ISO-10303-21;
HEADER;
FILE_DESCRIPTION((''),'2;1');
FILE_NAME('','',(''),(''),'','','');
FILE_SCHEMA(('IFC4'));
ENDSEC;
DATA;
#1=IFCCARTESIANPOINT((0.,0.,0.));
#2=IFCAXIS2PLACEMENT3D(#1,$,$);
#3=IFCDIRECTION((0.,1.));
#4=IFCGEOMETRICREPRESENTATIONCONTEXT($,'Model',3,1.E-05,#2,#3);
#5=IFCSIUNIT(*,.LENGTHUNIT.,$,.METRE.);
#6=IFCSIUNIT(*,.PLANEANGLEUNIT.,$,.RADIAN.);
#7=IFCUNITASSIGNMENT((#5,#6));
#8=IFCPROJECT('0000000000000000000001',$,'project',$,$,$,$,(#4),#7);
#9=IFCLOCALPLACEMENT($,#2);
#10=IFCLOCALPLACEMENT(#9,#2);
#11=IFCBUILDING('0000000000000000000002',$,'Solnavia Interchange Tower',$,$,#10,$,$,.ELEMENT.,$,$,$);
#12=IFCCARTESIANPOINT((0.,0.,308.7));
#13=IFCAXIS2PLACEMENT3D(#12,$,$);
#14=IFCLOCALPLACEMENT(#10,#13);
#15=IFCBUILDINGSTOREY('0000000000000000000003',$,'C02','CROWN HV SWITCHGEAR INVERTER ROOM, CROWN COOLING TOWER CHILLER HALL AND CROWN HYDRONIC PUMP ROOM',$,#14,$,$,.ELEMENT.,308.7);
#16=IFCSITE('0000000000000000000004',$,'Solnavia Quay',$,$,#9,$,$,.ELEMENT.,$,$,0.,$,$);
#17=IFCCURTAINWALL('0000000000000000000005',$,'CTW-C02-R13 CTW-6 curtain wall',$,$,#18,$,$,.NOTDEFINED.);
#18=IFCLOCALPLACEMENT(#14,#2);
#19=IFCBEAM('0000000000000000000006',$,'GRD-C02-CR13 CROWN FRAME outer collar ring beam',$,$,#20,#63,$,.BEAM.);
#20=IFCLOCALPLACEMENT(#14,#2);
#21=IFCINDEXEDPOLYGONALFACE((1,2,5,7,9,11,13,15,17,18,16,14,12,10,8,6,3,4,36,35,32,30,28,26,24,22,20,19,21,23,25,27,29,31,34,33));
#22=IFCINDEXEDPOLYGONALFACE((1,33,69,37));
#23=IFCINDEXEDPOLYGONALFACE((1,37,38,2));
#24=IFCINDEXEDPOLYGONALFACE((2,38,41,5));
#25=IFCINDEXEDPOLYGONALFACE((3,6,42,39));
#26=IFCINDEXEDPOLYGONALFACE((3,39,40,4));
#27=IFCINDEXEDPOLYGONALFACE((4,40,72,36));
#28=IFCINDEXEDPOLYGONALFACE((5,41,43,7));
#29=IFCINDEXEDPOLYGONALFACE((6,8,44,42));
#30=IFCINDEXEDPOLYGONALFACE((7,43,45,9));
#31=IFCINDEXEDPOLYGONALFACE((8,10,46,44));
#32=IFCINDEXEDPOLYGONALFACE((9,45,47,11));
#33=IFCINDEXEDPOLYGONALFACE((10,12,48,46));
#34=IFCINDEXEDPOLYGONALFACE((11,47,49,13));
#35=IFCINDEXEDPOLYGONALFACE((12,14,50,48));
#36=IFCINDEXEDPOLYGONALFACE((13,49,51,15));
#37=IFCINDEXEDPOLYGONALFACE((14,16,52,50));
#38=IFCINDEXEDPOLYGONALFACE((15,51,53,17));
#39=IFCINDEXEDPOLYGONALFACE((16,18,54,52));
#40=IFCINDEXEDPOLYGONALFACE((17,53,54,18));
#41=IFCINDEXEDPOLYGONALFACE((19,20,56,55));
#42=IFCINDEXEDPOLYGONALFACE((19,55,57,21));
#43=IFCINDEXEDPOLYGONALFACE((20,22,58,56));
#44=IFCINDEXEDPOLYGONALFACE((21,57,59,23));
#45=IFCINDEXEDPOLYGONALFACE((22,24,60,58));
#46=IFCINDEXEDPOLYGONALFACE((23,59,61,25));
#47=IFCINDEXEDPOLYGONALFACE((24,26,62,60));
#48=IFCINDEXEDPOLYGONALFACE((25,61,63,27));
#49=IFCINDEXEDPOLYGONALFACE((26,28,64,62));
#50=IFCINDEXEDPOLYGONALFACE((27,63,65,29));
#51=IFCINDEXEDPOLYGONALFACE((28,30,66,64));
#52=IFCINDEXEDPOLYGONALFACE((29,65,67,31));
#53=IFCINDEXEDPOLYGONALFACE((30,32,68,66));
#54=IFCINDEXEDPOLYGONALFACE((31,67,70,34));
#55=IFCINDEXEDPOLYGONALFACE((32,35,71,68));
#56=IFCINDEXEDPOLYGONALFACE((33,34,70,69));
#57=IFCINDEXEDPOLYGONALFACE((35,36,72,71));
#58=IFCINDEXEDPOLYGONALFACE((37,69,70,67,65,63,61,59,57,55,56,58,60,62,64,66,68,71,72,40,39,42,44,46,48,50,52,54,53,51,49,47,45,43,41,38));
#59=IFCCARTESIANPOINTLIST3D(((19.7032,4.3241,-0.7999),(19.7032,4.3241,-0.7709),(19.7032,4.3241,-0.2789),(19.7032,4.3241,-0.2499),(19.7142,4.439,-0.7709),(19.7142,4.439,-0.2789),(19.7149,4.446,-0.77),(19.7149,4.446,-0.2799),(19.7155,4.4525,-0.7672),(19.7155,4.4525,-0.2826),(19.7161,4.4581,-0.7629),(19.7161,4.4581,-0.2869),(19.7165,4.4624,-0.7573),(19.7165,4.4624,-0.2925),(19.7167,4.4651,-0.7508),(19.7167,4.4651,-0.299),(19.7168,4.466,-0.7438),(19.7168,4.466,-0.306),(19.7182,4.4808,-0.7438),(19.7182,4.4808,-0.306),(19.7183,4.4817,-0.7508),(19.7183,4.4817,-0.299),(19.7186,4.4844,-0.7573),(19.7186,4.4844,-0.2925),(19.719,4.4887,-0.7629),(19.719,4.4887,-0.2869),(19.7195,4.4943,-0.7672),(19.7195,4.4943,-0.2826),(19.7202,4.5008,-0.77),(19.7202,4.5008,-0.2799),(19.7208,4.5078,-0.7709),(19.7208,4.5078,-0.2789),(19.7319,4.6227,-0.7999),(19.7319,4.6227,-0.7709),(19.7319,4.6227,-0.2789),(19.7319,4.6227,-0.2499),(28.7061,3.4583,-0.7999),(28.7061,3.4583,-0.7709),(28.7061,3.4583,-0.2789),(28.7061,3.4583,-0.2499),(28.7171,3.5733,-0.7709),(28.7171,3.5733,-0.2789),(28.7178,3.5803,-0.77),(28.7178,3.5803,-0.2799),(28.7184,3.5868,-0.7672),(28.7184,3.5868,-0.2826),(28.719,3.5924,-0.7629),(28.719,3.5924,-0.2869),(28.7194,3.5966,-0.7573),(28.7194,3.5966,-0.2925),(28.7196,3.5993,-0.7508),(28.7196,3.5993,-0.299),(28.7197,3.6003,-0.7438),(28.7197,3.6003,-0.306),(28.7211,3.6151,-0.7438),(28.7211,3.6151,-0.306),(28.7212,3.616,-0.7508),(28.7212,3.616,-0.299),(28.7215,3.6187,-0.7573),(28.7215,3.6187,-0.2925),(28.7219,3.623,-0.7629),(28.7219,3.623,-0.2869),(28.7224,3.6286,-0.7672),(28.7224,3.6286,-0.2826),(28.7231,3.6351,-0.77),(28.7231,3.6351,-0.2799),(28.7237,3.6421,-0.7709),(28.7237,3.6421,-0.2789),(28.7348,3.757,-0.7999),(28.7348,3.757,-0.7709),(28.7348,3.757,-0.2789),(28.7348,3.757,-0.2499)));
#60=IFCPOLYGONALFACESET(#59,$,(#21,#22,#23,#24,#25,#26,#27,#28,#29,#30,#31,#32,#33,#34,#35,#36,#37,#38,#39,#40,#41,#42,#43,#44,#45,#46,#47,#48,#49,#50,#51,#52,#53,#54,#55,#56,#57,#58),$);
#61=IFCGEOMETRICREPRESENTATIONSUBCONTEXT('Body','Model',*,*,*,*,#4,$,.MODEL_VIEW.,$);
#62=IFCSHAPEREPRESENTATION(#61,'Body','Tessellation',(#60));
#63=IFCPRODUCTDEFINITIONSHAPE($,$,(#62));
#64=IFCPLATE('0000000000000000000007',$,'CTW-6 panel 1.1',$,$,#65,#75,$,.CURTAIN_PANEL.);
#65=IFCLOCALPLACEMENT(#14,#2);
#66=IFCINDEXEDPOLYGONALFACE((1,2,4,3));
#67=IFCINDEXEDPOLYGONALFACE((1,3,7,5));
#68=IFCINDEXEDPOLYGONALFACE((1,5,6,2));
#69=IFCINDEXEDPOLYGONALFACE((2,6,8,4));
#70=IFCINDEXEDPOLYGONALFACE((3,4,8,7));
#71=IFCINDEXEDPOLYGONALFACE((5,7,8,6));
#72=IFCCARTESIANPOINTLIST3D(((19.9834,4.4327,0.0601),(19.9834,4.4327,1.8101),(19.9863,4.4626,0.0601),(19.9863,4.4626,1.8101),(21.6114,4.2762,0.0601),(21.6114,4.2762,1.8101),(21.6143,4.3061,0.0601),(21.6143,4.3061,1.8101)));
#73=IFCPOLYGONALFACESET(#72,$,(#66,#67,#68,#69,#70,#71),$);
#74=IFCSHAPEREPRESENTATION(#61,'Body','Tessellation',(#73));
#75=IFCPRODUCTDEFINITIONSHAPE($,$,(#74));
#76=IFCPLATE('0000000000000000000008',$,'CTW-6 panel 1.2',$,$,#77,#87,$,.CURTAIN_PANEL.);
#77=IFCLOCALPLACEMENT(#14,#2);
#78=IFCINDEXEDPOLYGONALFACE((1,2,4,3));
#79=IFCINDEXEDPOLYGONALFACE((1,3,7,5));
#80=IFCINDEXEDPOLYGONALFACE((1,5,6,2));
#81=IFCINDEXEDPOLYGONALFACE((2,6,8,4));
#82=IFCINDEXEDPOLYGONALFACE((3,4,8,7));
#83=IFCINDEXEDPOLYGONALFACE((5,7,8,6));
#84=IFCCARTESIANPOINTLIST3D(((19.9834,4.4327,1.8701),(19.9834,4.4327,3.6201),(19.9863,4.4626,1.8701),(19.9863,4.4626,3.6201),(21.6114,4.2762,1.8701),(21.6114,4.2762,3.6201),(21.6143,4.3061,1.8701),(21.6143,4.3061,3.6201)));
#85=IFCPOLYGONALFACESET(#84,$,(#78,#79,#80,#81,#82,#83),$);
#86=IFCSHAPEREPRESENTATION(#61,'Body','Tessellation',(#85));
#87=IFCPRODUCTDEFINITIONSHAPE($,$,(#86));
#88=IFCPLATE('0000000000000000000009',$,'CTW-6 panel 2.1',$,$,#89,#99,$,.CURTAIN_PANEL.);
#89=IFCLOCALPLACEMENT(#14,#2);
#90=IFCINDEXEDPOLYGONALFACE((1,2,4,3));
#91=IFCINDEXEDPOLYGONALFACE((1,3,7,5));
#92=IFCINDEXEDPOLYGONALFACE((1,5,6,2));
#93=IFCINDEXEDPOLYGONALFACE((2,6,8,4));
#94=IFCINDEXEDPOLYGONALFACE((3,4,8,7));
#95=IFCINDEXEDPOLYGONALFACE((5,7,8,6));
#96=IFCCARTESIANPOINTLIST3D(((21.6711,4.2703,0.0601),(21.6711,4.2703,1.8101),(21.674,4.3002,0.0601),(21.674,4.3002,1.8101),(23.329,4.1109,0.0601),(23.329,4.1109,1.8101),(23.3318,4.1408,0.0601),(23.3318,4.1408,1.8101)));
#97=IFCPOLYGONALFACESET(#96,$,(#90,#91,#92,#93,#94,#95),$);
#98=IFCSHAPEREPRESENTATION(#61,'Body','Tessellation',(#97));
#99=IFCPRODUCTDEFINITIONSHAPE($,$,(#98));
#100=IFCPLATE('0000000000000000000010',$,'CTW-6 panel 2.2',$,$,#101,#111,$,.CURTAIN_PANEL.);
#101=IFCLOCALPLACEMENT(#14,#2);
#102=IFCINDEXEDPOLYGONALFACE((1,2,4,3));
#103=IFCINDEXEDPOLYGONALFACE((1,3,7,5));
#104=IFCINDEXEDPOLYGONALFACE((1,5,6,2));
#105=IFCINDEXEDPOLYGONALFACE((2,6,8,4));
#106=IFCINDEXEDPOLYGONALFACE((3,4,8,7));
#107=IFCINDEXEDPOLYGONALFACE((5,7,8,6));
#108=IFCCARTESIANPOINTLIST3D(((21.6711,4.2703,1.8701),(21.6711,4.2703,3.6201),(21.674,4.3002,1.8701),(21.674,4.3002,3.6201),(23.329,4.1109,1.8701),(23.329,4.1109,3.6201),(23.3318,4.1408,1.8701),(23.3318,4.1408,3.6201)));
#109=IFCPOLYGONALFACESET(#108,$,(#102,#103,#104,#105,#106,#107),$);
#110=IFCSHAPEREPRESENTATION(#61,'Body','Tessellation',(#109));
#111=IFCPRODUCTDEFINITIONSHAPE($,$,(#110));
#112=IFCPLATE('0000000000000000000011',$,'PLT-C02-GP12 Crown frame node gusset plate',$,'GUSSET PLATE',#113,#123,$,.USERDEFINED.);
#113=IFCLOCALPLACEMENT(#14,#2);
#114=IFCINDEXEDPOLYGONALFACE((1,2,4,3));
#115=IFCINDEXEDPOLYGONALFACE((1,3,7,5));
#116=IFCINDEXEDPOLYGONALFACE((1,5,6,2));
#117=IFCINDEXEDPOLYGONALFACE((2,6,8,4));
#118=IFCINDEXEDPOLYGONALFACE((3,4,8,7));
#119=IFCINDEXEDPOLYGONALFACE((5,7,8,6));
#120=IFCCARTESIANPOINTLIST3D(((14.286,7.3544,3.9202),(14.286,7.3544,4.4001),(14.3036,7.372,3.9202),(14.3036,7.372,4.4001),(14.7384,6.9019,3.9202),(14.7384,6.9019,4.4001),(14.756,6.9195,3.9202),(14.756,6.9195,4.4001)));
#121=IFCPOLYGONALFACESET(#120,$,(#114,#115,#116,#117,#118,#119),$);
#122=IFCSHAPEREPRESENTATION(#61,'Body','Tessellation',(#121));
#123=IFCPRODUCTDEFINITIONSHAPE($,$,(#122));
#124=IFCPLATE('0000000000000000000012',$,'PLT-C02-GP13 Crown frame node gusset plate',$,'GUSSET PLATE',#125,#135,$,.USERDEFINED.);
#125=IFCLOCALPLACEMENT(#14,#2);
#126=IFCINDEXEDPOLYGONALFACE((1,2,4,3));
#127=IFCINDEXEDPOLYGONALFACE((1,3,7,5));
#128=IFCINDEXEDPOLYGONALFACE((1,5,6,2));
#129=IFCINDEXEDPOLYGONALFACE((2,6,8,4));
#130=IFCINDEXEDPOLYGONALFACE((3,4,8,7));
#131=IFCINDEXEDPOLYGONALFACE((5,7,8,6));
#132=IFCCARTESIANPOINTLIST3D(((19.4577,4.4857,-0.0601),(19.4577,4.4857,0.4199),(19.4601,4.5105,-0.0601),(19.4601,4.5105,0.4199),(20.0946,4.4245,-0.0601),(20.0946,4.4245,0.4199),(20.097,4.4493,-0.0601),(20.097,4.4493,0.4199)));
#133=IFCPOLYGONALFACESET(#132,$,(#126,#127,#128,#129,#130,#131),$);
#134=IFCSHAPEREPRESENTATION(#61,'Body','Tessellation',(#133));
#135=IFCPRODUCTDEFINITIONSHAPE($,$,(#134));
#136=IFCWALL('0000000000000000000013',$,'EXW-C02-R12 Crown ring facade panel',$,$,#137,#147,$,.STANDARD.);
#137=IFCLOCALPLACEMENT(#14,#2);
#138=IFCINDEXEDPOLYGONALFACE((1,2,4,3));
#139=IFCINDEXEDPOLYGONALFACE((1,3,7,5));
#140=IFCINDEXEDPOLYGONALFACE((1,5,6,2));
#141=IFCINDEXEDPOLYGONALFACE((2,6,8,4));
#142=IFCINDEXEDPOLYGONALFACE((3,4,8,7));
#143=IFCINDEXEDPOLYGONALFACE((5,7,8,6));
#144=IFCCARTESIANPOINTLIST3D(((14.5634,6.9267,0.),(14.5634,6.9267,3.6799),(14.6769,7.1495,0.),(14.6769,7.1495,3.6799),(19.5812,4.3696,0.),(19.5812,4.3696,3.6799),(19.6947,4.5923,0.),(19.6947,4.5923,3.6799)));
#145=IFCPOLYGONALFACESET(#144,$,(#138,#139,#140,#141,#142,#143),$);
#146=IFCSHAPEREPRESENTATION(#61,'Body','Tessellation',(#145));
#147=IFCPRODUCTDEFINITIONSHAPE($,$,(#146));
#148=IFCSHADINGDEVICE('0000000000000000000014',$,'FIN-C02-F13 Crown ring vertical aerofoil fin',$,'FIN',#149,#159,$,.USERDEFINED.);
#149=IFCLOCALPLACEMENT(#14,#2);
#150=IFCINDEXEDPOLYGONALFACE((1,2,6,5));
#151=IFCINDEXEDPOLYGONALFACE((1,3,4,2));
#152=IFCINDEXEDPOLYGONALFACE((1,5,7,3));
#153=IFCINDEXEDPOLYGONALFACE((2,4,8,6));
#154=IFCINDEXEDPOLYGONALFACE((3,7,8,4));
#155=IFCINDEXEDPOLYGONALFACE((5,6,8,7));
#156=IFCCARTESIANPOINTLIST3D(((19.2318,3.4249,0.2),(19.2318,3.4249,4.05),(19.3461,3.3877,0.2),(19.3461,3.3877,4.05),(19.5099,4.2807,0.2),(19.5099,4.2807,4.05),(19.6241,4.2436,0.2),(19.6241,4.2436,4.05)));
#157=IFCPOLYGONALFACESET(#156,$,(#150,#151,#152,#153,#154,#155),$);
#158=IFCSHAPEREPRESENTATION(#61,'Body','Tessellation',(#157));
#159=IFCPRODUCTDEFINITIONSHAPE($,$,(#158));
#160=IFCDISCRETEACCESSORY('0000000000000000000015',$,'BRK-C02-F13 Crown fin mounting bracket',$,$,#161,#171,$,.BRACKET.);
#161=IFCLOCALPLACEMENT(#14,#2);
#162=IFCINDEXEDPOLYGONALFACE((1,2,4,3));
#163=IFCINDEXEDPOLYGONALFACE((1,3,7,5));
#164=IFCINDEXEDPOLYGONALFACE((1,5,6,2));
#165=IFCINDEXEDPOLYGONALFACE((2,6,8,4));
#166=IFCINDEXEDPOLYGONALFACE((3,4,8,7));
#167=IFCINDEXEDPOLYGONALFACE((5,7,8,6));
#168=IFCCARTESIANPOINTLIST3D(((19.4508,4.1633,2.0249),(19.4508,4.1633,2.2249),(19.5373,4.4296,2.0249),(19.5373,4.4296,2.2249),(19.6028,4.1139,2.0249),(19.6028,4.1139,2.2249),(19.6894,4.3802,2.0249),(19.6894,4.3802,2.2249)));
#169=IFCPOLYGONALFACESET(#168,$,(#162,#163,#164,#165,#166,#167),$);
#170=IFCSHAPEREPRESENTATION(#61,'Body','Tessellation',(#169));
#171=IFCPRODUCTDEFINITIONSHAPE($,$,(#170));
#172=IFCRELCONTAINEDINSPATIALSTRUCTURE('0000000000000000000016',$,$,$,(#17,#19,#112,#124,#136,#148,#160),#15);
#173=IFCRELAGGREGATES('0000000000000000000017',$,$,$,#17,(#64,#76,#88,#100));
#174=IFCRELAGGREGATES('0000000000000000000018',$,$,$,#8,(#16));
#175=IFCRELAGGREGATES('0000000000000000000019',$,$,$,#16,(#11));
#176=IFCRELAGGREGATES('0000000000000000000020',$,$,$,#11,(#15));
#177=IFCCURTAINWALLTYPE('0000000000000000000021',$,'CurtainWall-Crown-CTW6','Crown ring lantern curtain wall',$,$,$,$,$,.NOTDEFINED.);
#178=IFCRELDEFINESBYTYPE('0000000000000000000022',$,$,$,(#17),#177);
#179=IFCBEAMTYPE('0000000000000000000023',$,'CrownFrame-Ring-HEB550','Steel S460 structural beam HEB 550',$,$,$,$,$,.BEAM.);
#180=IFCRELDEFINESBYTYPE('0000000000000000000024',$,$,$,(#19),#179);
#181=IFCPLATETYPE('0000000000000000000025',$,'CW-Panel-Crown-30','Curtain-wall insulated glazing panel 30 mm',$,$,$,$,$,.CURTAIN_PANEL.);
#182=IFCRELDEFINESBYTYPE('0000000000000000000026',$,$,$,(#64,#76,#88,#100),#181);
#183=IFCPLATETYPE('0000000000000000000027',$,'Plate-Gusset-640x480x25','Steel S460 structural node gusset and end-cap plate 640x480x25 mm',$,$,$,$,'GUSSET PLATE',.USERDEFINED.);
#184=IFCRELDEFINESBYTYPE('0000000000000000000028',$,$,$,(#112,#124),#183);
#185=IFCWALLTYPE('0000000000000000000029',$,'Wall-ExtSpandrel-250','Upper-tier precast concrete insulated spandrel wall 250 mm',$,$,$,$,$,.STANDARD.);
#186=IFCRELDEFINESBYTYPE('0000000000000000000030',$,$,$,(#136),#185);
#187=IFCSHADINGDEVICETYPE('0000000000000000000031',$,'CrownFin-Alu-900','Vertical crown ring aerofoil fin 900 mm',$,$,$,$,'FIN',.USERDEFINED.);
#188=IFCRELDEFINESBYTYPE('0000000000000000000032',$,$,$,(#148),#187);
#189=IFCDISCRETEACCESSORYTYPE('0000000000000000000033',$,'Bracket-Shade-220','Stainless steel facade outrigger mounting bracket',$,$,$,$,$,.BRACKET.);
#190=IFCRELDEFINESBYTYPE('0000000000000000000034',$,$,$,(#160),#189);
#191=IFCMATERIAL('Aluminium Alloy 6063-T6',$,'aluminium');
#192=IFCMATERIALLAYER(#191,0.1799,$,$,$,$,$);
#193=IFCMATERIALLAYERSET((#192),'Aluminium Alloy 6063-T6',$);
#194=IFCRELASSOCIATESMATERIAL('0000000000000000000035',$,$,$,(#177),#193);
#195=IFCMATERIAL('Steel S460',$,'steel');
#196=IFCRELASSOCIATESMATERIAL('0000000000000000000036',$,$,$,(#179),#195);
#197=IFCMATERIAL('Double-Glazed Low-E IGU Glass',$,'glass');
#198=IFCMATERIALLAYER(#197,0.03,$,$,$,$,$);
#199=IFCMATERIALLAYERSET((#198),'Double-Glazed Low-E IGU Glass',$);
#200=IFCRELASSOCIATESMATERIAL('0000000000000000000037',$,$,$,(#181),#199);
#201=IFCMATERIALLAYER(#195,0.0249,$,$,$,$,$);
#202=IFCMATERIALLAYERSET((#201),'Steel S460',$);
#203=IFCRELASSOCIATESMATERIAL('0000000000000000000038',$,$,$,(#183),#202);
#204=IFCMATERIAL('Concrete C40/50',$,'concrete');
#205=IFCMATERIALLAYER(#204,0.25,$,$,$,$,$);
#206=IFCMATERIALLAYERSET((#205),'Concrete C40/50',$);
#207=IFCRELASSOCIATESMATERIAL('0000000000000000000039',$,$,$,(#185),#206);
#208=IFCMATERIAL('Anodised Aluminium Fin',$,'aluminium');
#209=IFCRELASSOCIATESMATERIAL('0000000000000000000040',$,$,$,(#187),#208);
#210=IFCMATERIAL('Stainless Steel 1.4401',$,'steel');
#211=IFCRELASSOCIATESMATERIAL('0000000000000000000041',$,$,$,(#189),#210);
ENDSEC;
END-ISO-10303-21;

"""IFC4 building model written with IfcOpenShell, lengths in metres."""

from ifc_helpers import new_model, si_unit, direction, frame, frame_2d, origin, origin_2d, place, context, subcontext, project, spatial, rectangle, i_section, extrude, material, layer, layer_set, material_profile, profile_set, type_object, element, aggregate, save


model = new_model("IFC4")

# Units and contexts
model_context = context("Model", 3, precision=1e-05, world=origin(), true_north=direction((0.0, 1.0)))
body_context = subcontext(model_context, "Body", "Model", "MODEL_VIEW")
ifc_project = project(units=[si_unit("LENGTHUNIT", "METRE"), si_unit("PLANEANGLEUNIT", "RADIAN")], contexts=[model_context])

# Site, building, storey
site_placement = place(None, origin())
site = spatial("IfcSite", under=ifc_project, at=site_placement, Name="Solnavia Quay", CompositionType="ELEMENT", RefElevation=0.0)
building_placement = place(site_placement, origin())
building = spatial("IfcBuilding", under=site, at=building_placement, Name="Solnavia Interchange Tower", CompositionType="ELEMENT")
storey_placement = place(building_placement, frame((0.0, 0.0, 308.7)))
storey = spatial("IfcBuildingStorey", under=building, at=storey_placement, Name="C02", Description="CROWN HV SWITCHGEAR INVERTER ROOM, CROWN COOLING TOWER CHILLER HALL AND CROWN HYDRONIC PUMP ROOM", CompositionType="ELEMENT", Elevation=308.7)

# Shared definitions
ifc_material_1 = material(Name="Steel S460", Category="steel")

# Curtain wall
ifc_material_2 = material(Name="Aluminium Alloy 6063-T6", Category="aluminium")
ifc_layer_1 = layer(ifc_material_2, 0.1799)
ifc_layer_set_1 = layer_set([ifc_layer_1], Name="Aluminium Alloy 6063-T6")
curtain_wall_type = type_object("IfcCurtainWallType", Name="CurtainWall-Crown-CTW6", Description="Crown ring lantern curtain wall", PredefinedType="NOTDEFINED", material=ifc_layer_set_1)
curtain_wall_placement = place(storey_placement, origin())
curtain_wall = element("IfcCurtainWall", 1, at=curtain_wall_placement, inside=storey, type_object=curtain_wall_type, Name="CTW-C02-R13 CTW-6 curtain wall", PredefinedType="NOTDEFINED")

# Beam
ifc_material_profile_1 = material_profile(ifc_material_1, i_section(OverallWidth=0.3, OverallDepth=0.55, WebThickness=0.0149, FlangeThickness=0.0291, FilletRadius=0.0271, at=origin_2d()), Name="HEB 550")
ifc_profile_set_1 = profile_set([ifc_material_profile_1], Name="Steel S460")
beam_type = type_object("IfcBeamType", Name="CrownFrame-Ring-HEB550", Description="Steel S460 structural beam HEB 550", PredefinedType="BEAM", material=ifc_profile_set_1)
beam_1_placement = place(storey_placement, frame((19.7175, 4.4734, -0.5249), z_axis=(0.995408, -0.095719, 0.0), x_axis=(0.095719, 0.995408, 0.0)))
element("IfcBeam", 2, at=beam_1_placement, inside=storey, type_object=beam_type, Name="GRD-C02-CR13 CROWN FRAME outer collar ring beam", PredefinedType="BEAM", context=body_context, shape_type="SweptSolid", body=[
    extrude(i_section(OverallWidth=0.3, OverallDepth=0.55, WebThickness=0.0149, FlangeThickness=0.0291, FilletRadius=0.0271, at=origin_2d()), origin(), (0.0, 0.0, 1.0), 9.0444),
])

# Plates
ifc_material_3 = material(Name="Double-Glazed Low-E IGU Glass", Category="glass")
ifc_layer_2 = layer(ifc_material_3, 0.03)
ifc_layer_set_2 = layer_set([ifc_layer_2], Name="Double-Glazed Low-E IGU Glass")
plate_type_1 = type_object("IfcPlateType", Name="CW-Panel-Crown-30", Description="Curtain-wall insulated glazing panel 30 mm", PredefinedType="CURTAIN_PANEL", material=ifc_layer_set_2)
plate_1_placement = place(storey_placement, frame((20.7988, 4.3694, 0.0601), z_axis=(0.0, 0.0, 1.0), x_axis=(0.995408, -0.09572, 0.0)))
plate_1 = element("IfcPlate", 3, at=plate_1_placement, type_object=plate_type_1, Name="CTW-6 panel 1.1", PredefinedType="CURTAIN_PANEL", context=body_context, shape_type="SweptSolid", body=[
    extrude(rectangle(XDim=1.6355, YDim=0.03, at=origin_2d()), origin(), (0.0, 0.0, 1.0), 1.75),
])
plate_2_placement = place(storey_placement, frame((20.7988, 4.3694, 1.8701), z_axis=(0.0, 0.0, 1.0), x_axis=(0.995408, -0.09572, 0.0)))
plate_2 = element("IfcPlate", 4, at=plate_2_placement, type_object=plate_type_1, Name="CTW-6 panel 1.2", PredefinedType="CURTAIN_PANEL", context=body_context, shape_type="SweptSolid", body=[
    extrude(rectangle(XDim=1.6355, YDim=0.03, at=origin_2d()), origin(), (0.0, 0.0, 1.0), 1.75),
])
plate_3_placement = place(storey_placement, frame((22.5015, 4.2056, 0.0601), z_axis=(0.0, 0.0, 1.0), x_axis=(0.995408, -0.09572, 0.0)))
plate_3 = element("IfcPlate", 5, at=plate_3_placement, type_object=plate_type_1, Name="CTW-6 panel 2.1", PredefinedType="CURTAIN_PANEL", context=body_context, shape_type="SweptSolid", body=[
    extrude(rectangle(XDim=1.6655, YDim=0.03, at=origin_2d()), origin(), (0.0, 0.0, 1.0), 1.75),
])
plate_4_placement = place(storey_placement, frame((22.5015, 4.2056, 1.8701), z_axis=(0.0, 0.0, 1.0), x_axis=(0.995408, -0.09572, 0.0)))
plate_4 = element("IfcPlate", 6, at=plate_4_placement, type_object=plate_type_1, Name="CTW-6 panel 2.2", PredefinedType="CURTAIN_PANEL", context=body_context, shape_type="SweptSolid", body=[
    extrude(rectangle(XDim=1.6655, YDim=0.03, at=origin_2d()), origin(), (0.0, 0.0, 1.0), 1.75),
])
aggregate(curtain_wall, [plate_1, plate_2, plate_3, plate_4])

# Plates
ifc_layer_3 = layer(ifc_material_1, 0.0249)
ifc_layer_set_3 = layer_set([ifc_layer_3], Name="Steel S460")
plate_type_2 = type_object("IfcPlateType", Name="Plate-Gusset-640x480x25", Description="Steel S460 structural node gusset and end-cap plate 640x480x25 mm", ElementType="GUSSET PLATE", PredefinedType="USERDEFINED", material=ifc_layer_set_3)
for number, where, z_axis, x_axis, name in (
    (7, (14.521, 7.137, 3.9202), (0.0, 0.0, 1.0), (0.707107, -0.707107, 0.0), "PLT-C02-GP12 Crown frame node gusset plate"),
    (8, (19.7773, 4.4675, -0.0601), (0.0, 0.0, 1.0), (0.995413, -0.095672, 0.0), "PLT-C02-GP13 Crown frame node gusset plate"),
):
    element("IfcPlate", number, at=place(storey_placement, frame(where, z_axis=z_axis, x_axis=x_axis)), inside=storey, type_object=plate_type_2, Name=name, ObjectType="GUSSET PLATE", PredefinedType="USERDEFINED", context=body_context, shape_type="SweptSolid", body=[
        extrude(rectangle(XDim=0.6399, YDim=0.0249, at=origin_2d()), origin(), (0.0, 0.0, 1.0), 0.48),
    ])

# Wall
ifc_material_4 = material(Name="Concrete C40/50", Category="concrete")
ifc_layer_4 = layer(ifc_material_4, 0.25)
ifc_layer_set_4 = layer_set([ifc_layer_4], Name="Concrete C40/50")
wall_type = type_object("IfcWallType", Name="Wall-ExtSpandrel-250", Description="Upper-tier precast concrete insulated spandrel wall 250 mm", PredefinedType="STANDARD", material=ifc_layer_set_4)
wall_placement = place(storey_placement, frame((14.6201, 7.0381, 0.0), z_axis=(0.0, 0.0, 1.0), x_axis=(0.890976, -0.45405, 0.0)))
element("IfcWall", 9, at=wall_placement, inside=storey, type_object=wall_type, Name="EXW-C02-R12 Crown ring facade panel", PredefinedType="STANDARD", context=body_context, shape_type="SweptSolid", body=[
    extrude(rectangle(XDim=5.6318, YDim=0.25, at=frame_2d((2.8159, 0.0))), origin(), (0.0, 0.0, 1.0), 3.6799),
])

# Shading device
ifc_material_5 = material(Name="Anodised Aluminium Fin", Category="aluminium")
shading_device_type = type_object("IfcShadingDeviceType", Name="CrownFin-Alu-900", Description="Vertical crown ring aerofoil fin 900 mm", ElementType="FIN", PredefinedType="USERDEFINED", material=ifc_material_5)
shading_device_placement = place(storey_placement, frame((19.428, 3.8342, 0.2), z_axis=(0.0, 0.0, 1.0), x_axis=(-0.309017, -0.951057, 0.0)))
element("IfcShadingDevice", 10, at=shading_device_placement, inside=storey, type_object=shading_device_type, Name="FIN-C02-F13 Crown ring vertical aerofoil fin", ObjectType="FIN", PredefinedType="USERDEFINED", context=body_context, shape_type="SweptSolid", body=[
    extrude(rectangle(XDim=0.8999, YDim=0.1201, at=origin_2d()), origin(), (0.0, 0.0, 1.0), 3.8501),
])

# Discrete accessory
ifc_material_6 = material(Name="Stainless Steel 1.4401", Category="steel")
discrete_accessory_type = type_object("IfcDiscreteAccessoryType", Name="Bracket-Shade-220", Description="Stainless steel facade outrigger mounting bracket", PredefinedType="BRACKET", material=ifc_material_6)
discrete_accessory_placement = place(storey_placement, frame((19.5701, 4.2717, 2.0249), z_axis=(0.0, 0.0, 1.0), x_axis=(-0.309017, -0.951057, 0.0)))
element("IfcDiscreteAccessory", 11, at=discrete_accessory_placement, inside=storey, type_object=discrete_accessory_type, Name="BRK-C02-F13 Crown fin mounting bracket", PredefinedType="BRACKET", context=body_context, shape_type="SweptSolid", body=[
    extrude(rectangle(XDim=0.28, YDim=0.1599, at=origin_2d()), origin(), (0.0, 0.0, 1.0), 0.2),
])

save(model, "model.ifc")
